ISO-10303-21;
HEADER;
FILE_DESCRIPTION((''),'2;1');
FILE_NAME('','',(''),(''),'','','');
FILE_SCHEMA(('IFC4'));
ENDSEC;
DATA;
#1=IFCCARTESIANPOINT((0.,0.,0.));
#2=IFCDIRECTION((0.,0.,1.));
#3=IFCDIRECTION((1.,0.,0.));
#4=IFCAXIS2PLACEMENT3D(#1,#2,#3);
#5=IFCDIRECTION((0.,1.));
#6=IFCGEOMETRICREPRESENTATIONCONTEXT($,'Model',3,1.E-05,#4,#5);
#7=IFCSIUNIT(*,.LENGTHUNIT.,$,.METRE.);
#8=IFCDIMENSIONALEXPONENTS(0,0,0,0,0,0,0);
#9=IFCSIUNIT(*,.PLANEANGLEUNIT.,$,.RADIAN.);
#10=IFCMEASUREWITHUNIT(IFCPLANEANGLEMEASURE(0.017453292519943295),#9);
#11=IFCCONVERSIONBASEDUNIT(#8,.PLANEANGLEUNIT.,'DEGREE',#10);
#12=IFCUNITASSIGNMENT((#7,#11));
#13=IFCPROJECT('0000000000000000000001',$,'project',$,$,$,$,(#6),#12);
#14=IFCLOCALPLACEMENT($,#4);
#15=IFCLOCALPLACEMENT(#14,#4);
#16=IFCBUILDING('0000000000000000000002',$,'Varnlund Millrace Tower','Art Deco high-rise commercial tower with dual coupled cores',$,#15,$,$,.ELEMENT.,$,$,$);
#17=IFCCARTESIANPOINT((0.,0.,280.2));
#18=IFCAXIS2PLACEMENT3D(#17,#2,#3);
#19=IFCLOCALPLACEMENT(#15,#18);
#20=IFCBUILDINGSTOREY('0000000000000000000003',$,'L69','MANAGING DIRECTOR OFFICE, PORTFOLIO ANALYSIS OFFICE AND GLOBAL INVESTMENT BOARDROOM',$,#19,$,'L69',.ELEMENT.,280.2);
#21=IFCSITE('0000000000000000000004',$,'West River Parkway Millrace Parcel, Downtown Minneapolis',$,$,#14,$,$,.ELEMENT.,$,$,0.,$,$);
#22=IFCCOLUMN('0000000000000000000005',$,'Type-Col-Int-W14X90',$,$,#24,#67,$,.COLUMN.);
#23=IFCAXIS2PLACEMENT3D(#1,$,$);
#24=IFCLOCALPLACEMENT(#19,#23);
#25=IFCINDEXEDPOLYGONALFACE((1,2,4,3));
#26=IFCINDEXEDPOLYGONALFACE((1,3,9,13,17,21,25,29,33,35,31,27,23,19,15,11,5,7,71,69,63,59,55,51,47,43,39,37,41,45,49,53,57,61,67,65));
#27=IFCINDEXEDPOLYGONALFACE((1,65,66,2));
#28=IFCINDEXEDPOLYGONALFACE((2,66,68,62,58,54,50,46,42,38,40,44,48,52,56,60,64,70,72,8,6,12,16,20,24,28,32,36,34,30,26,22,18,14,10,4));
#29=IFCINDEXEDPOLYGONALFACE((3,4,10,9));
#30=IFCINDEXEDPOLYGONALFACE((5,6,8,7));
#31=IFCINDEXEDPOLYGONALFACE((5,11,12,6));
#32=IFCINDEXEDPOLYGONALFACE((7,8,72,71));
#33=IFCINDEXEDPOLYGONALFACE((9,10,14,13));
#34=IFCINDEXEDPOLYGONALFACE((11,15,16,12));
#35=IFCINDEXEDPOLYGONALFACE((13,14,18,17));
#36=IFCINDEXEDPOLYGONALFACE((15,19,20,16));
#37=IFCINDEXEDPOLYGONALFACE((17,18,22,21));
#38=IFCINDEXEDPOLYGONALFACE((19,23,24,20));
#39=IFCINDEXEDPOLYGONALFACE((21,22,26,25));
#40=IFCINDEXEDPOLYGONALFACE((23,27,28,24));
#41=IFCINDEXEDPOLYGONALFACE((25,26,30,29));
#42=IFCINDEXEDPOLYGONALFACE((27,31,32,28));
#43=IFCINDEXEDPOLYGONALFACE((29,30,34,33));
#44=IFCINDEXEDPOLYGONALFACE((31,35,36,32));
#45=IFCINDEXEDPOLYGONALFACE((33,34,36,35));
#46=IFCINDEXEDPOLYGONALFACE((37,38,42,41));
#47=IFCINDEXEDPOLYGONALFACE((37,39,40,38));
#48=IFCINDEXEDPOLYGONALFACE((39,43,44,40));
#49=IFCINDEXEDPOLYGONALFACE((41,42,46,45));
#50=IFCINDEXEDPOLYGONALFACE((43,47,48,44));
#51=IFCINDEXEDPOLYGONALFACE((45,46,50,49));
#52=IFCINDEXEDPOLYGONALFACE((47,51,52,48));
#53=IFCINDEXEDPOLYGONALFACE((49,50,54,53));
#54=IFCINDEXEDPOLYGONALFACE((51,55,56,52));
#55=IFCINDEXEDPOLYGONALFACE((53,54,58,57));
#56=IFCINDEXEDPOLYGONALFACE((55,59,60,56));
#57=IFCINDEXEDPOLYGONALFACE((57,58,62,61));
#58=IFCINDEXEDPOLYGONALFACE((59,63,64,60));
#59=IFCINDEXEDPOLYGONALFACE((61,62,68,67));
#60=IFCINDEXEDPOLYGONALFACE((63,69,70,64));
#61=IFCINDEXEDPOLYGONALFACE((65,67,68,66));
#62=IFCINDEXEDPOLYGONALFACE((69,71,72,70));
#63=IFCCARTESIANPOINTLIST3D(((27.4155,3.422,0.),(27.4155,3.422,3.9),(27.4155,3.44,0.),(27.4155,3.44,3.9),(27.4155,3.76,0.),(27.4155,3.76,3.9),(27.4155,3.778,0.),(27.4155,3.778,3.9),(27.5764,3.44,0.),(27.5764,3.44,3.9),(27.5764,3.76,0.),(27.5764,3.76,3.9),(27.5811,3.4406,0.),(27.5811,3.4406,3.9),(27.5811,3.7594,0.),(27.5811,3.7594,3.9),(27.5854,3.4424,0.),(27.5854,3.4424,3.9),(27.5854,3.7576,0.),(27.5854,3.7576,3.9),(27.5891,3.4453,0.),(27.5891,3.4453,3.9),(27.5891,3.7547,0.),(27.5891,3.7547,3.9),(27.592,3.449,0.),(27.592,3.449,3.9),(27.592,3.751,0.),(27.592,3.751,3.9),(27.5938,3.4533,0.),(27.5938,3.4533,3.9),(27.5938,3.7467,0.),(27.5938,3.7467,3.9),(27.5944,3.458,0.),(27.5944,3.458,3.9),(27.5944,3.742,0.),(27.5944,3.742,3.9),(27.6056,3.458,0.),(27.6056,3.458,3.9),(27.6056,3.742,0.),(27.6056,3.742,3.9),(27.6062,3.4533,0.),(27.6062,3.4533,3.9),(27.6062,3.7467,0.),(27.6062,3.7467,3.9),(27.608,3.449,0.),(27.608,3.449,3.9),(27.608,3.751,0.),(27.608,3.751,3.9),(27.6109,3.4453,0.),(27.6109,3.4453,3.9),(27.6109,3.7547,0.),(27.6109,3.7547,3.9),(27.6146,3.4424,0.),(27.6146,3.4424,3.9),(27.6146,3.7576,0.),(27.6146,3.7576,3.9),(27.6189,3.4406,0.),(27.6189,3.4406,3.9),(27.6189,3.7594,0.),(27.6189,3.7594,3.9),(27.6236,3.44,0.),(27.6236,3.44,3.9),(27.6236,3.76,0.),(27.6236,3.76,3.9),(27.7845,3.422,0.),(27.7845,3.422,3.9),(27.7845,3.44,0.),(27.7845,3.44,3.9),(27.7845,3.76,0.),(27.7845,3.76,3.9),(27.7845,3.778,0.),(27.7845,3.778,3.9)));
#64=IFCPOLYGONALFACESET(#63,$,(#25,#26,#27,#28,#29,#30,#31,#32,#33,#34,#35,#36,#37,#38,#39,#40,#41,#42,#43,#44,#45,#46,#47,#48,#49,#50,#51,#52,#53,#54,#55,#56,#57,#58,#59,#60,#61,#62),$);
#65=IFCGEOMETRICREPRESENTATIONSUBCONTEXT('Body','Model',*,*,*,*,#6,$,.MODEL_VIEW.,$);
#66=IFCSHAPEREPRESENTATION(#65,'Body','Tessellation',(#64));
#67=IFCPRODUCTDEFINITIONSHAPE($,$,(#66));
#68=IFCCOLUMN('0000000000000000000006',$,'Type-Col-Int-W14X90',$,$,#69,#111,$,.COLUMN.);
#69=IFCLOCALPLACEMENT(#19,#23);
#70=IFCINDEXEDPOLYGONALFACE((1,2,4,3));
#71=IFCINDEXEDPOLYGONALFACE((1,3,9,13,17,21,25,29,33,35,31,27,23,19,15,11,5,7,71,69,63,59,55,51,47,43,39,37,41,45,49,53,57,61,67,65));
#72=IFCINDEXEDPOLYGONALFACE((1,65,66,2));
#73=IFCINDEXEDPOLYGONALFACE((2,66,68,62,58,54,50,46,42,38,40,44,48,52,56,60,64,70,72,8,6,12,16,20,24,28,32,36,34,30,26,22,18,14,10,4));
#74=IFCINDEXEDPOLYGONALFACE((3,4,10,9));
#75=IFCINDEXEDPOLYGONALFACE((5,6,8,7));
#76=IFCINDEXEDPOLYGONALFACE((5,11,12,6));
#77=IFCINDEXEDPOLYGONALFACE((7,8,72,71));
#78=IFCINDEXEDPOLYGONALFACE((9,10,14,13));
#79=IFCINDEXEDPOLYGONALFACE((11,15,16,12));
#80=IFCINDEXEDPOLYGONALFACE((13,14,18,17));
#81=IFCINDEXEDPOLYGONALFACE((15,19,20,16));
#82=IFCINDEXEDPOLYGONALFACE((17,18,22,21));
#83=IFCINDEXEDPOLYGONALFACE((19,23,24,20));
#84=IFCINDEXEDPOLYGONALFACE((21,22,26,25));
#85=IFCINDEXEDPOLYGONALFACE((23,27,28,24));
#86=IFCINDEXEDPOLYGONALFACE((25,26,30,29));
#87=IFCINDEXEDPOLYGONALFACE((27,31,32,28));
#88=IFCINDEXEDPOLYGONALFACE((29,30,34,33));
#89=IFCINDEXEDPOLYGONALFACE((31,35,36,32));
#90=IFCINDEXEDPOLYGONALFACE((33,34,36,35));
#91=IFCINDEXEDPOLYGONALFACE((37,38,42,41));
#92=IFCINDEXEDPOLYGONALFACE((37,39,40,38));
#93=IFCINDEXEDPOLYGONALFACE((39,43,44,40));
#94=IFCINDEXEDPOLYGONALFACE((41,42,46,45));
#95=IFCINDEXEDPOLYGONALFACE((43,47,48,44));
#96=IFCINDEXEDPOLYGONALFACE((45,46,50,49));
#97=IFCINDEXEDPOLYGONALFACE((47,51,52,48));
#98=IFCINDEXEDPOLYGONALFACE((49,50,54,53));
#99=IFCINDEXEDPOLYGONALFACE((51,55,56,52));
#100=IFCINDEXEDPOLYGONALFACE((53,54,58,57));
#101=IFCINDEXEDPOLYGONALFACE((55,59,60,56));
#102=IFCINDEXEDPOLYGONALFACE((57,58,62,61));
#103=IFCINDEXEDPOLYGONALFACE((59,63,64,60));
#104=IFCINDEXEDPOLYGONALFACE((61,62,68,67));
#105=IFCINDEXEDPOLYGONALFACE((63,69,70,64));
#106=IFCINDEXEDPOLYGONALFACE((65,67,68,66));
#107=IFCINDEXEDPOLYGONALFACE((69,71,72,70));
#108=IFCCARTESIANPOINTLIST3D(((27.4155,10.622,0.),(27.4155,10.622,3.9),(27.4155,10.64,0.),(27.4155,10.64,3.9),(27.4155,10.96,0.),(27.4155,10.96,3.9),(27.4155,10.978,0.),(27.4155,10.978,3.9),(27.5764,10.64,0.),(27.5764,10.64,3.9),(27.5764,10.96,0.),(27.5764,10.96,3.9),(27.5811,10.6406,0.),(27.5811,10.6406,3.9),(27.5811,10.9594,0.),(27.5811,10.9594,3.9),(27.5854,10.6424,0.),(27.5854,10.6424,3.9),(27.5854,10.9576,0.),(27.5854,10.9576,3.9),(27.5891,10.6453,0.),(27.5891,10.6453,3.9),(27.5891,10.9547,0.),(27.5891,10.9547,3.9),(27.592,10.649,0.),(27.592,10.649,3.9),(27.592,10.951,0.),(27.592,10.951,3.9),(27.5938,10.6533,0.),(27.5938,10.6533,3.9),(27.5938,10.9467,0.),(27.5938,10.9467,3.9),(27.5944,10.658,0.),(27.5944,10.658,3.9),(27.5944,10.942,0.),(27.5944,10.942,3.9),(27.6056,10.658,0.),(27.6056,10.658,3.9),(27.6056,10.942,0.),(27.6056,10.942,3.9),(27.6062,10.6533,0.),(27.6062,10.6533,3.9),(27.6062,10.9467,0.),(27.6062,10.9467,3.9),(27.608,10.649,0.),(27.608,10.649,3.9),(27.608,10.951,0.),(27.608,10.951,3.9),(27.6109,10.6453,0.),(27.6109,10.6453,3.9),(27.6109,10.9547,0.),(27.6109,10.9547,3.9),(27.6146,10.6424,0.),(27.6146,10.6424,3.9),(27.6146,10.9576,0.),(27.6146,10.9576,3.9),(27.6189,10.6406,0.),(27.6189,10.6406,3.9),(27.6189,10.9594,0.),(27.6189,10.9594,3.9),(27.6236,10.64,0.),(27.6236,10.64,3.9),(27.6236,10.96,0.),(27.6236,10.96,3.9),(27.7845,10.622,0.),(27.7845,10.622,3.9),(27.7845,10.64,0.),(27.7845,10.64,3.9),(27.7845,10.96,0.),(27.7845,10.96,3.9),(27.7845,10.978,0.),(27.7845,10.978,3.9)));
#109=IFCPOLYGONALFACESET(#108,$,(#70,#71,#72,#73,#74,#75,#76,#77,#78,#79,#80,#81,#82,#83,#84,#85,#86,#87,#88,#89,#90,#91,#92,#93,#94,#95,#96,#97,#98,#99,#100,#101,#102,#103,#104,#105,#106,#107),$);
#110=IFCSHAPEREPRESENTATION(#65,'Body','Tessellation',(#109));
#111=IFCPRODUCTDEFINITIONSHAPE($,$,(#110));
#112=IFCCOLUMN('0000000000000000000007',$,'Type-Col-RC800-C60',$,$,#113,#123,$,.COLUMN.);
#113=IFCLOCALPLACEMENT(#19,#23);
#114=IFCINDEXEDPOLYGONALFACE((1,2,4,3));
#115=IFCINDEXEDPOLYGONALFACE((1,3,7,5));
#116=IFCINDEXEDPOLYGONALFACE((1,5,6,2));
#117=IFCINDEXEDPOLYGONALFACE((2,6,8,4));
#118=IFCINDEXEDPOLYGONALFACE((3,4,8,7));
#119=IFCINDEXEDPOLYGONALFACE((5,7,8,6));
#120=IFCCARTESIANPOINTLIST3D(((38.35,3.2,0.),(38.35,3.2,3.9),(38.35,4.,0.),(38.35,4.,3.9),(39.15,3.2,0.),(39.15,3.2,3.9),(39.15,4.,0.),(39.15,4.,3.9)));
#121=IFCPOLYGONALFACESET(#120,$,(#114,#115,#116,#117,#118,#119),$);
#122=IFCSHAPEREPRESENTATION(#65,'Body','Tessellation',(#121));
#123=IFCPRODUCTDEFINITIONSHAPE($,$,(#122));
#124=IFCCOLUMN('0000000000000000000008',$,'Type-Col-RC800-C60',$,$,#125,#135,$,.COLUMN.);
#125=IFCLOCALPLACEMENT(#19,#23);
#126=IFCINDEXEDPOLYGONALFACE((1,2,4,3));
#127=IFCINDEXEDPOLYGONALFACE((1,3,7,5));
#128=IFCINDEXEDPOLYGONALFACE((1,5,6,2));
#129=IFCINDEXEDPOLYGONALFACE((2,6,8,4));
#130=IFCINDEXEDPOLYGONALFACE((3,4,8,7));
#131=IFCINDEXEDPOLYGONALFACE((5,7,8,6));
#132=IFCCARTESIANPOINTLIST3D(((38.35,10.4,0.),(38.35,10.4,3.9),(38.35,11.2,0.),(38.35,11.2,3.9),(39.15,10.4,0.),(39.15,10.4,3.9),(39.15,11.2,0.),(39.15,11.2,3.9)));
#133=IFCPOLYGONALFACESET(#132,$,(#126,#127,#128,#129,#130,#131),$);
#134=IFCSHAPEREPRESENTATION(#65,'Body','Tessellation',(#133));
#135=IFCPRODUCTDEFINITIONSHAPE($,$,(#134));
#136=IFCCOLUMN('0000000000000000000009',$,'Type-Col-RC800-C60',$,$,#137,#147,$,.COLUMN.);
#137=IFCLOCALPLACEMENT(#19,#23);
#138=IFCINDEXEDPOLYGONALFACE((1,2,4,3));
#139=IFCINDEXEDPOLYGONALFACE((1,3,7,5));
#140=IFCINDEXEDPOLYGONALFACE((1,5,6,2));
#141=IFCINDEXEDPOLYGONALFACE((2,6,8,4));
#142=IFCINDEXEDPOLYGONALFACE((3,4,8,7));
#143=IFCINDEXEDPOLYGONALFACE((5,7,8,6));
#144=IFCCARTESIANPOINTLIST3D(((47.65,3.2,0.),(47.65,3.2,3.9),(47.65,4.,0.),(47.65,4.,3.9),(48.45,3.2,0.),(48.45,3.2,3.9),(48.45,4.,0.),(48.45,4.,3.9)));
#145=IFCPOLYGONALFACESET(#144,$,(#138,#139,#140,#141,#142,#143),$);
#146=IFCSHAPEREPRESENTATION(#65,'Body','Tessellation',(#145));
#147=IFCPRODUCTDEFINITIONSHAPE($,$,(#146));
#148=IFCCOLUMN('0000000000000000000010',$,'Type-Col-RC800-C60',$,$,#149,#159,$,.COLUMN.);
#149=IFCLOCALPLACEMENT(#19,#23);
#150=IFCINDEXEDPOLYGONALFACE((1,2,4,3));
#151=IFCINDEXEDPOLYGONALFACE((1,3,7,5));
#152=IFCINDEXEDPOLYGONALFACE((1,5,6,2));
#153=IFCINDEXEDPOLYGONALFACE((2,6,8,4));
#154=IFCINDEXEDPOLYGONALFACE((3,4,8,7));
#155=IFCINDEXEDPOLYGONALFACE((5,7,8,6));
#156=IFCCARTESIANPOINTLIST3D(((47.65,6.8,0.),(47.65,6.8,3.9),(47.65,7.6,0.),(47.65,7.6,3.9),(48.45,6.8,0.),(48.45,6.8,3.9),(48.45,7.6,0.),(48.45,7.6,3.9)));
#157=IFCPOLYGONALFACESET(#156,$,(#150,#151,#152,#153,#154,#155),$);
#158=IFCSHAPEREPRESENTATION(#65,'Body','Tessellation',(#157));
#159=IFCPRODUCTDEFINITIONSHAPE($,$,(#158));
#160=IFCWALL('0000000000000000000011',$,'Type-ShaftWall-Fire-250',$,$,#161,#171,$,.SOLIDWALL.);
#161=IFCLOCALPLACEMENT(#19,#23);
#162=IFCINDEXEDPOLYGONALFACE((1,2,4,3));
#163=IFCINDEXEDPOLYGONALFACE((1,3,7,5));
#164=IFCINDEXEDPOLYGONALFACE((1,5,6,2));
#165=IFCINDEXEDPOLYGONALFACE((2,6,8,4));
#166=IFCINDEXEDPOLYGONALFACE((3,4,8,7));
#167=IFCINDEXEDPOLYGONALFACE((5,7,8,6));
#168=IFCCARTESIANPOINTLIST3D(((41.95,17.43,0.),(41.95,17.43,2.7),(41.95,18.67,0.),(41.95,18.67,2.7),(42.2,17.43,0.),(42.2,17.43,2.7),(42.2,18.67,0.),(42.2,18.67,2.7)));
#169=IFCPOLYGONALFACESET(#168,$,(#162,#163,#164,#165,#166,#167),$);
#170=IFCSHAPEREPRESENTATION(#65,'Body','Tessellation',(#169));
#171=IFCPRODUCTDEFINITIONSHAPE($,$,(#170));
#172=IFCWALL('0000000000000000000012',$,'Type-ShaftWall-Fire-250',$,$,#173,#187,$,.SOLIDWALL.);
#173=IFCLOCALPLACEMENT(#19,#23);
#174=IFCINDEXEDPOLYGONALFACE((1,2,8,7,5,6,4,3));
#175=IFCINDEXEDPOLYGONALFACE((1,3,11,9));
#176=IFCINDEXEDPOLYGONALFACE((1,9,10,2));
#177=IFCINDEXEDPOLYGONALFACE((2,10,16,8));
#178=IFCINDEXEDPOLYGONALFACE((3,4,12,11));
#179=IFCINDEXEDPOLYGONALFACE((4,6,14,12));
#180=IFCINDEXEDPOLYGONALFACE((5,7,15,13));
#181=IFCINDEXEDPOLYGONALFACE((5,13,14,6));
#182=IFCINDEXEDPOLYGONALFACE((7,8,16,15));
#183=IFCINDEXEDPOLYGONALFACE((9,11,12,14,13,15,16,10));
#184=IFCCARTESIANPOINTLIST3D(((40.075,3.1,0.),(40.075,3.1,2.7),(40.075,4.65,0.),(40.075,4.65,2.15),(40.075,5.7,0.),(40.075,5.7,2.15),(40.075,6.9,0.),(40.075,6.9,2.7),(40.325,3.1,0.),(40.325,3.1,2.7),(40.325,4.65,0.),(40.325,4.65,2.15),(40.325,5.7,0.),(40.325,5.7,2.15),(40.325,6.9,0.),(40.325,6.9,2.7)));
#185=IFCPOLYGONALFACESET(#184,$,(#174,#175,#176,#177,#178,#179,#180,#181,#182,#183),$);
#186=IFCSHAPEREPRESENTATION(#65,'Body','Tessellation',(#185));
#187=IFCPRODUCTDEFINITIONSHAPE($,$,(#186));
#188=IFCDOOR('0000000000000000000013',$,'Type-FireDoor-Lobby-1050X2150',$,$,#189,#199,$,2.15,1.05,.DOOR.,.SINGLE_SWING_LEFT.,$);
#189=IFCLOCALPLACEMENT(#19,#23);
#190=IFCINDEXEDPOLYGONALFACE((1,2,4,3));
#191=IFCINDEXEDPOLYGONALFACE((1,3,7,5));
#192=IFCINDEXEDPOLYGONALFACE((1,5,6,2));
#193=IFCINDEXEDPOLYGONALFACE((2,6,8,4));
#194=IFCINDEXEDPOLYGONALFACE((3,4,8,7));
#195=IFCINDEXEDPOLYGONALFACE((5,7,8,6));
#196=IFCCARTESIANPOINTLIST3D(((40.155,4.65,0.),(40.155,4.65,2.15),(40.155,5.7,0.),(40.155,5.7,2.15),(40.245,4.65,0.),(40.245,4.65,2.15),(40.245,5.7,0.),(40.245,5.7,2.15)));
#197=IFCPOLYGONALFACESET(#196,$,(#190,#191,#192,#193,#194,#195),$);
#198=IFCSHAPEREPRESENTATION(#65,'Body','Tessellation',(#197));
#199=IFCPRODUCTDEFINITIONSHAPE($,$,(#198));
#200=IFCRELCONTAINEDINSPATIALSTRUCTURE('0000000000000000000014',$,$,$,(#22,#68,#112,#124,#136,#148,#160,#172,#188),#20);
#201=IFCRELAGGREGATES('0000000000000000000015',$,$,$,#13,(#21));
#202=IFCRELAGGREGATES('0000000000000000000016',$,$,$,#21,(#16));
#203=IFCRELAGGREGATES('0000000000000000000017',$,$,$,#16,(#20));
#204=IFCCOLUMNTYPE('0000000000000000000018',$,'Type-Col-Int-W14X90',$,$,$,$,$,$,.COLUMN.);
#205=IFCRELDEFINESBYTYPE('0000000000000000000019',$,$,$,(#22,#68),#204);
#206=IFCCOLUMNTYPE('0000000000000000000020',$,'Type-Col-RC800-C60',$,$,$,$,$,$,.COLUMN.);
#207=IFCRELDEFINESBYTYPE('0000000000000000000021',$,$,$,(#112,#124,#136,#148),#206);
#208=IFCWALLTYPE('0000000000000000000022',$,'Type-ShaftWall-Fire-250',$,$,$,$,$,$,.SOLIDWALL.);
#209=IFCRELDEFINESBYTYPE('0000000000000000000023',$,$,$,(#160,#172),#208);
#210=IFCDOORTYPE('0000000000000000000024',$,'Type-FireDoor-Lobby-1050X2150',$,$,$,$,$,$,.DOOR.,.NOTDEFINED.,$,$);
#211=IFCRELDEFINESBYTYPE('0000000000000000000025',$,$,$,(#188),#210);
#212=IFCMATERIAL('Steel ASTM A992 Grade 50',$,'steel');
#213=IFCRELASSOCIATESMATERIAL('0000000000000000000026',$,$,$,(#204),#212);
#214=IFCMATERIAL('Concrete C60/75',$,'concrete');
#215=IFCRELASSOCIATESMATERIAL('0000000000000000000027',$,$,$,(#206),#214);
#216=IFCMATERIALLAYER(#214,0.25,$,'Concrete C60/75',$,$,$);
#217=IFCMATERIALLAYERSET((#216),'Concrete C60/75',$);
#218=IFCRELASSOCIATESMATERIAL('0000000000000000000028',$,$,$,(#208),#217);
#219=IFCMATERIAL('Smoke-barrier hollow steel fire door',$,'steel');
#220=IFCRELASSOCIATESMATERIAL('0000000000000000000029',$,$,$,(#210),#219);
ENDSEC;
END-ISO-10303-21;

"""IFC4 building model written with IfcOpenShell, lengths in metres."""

from ifc_helpers import new_model, entity, si_unit, converted_unit, direction, frame, origin_with_axes, origin_2d_with_axis, place, context, subcontext, project, spatial, polyline, rectangle, i_section, outline, extrude, material, layer, layer_set, material_profile, profile_set, type_object, element, fill, save


model = new_model("IFC4")

# Units and contexts
model_context = context("Model", 3, precision=1e-05, world=origin_with_axes(), true_north=direction((0.0, 1.0)))
body_context = subcontext(model_context, "Body", "Model", "MODEL_VIEW")
ifc_project = project(units=[si_unit("LENGTHUNIT", "METRE"), converted_unit("PLANEANGLEUNIT", "DEGREE", entity("IfcPlaneAngleMeasure", 0.017453292519943295), si_unit("PLANEANGLEUNIT", "RADIAN"), dimensions=[0, 0, 0, 0, 0, 0, 0])], contexts=[model_context])

# Site, building, storey
site_placement = place(None, origin_with_axes())
site = spatial("IfcSite", under=ifc_project, at=site_placement, Name="West River Parkway Millrace Parcel, Downtown Minneapolis", CompositionType="ELEMENT", RefElevation=0.0)
building_placement = place(site_placement, origin_with_axes())
building = spatial("IfcBuilding", under=site, at=building_placement, Name="Varnlund Millrace Tower", Description="Art Deco high-rise commercial tower with dual coupled cores", CompositionType="ELEMENT")
storey_placement = place(building_placement, frame((0.0, 0.0, 280.2), z_axis=(0.0, 0.0, 1.0), x_axis=(1.0, 0.0, 0.0)))
storey = spatial("IfcBuildingStorey", under=building, at=storey_placement, Name="L69", Description="MANAGING DIRECTOR OFFICE, PORTFOLIO ANALYSIS OFFICE AND GLOBAL INVESTMENT BOARDROOM", LongName="L69", CompositionType="ELEMENT", Elevation=280.2)

# Columns
ifc_material_1 = material(Name="Steel ASTM A992 Grade 50", Category="steel")
ifc_material_profile_1 = material_profile(ifc_material_1, i_section(OverallWidth=0.369, OverallDepth=0.356, WebThickness=0.0112, FlangeThickness=0.018, FilletRadius=0.018, at=origin_2d_with_axis()), Name="Steel ASTM A992 Grade 50")
ifc_profile_set_1 = profile_set([ifc_material_profile_1], Name="Steel ASTM A992 Grade 50")
column_type_1 = type_object("IfcColumnType", Name="Type-Col-Int-W14X90", PredefinedType="COLUMN", material=ifc_profile_set_1)
for number, where, z_axis, x_axis, name in (
    (1, (27.6, 3.6, 0.0), (0.0, 0.0, 1.0), (1.0, 0.0, 0.0), "Type-Col-Int-W14X90"),
    (2, (27.6, 10.8, 0.0), (0.0, 0.0, 1.0), (1.0, 0.0, 0.0), "Type-Col-Int-W14X90"),
):
    element("IfcColumn", number, at=place(storey_placement, frame(where, z_axis=z_axis, x_axis=x_axis)), inside=storey, type_object=column_type_1, Name=name, PredefinedType="COLUMN", context=body_context, shape_type="SweptSolid", body=[
        extrude(i_section(OverallWidth=0.369, OverallDepth=0.356, WebThickness=0.0112, FlangeThickness=0.018, FilletRadius=0.018, at=origin_2d_with_axis()), origin_with_axes(), (0.0, 0.0, 1.0), 3.9),
    ])
ifc_material_2 = material(Name="Concrete C60/75", Category="concrete")
ifc_material_profile_2 = material_profile(ifc_material_2, rectangle(XDim=0.8, YDim=0.8, at=origin_2d_with_axis()), Name="Concrete C60/75")
ifc_profile_set_2 = profile_set([ifc_material_profile_2], Name="Concrete C60/75")
column_type_2 = type_object("IfcColumnType", Name="Type-Col-RC800-C60", PredefinedType="COLUMN", material=ifc_profile_set_2)
for number, where, z_axis, x_axis, name in (
    (3, (38.75, 3.6, 0.0), (0.0, 0.0, 1.0), (1.0, 0.0, 0.0), "Type-Col-RC800-C60"),
    (4, (38.75, 10.8, 0.0), (0.0, 0.0, 1.0), (1.0, 0.0, 0.0), "Type-Col-RC800-C60"),
    (5, (48.05, 3.6, 0.0), (0.0, 0.0, 1.0), (1.0, 0.0, 0.0), "Type-Col-RC800-C60"),
    (6, (48.05, 7.2, 0.0), (0.0, 0.0, 1.0), (1.0, 0.0, 0.0), "Type-Col-RC800-C60"),
):
    element("IfcColumn", number, at=place(storey_placement, frame(where, z_axis=z_axis, x_axis=x_axis)), inside=storey, type_object=column_type_2, Name=name, PredefinedType="COLUMN", context=body_context, shape_type="SweptSolid", body=[
        extrude(rectangle(XDim=0.8, YDim=0.8, at=origin_2d_with_axis()), origin_with_axes(), (0.0, 0.0, 1.0), 3.9),
    ])

# Wall
ifc_layer = layer(ifc_material_2, 0.25, Name="Concrete C60/75")
ifc_layer_set = layer_set([ifc_layer], Name="Concrete C60/75")
wall_type = type_object("IfcWallType", Name="Type-ShaftWall-Fire-250", PredefinedType="SOLIDWALL", material=ifc_layer_set)
wall_1_placement = place(storey_placement, frame((42.075, 17.43, 0.0), z_axis=(0.0, 0.0, 1.0), x_axis=(0.0, 1.0, 0.0)))
element("IfcWall", 7, at=wall_1_placement, inside=storey, type_object=wall_type, Name="Type-ShaftWall-Fire-250", PredefinedType="SOLIDWALL", context=body_context, shape_type="SweptSolid", body=[
    extrude(outline(polyline([(0.0, -0.125), (1.24, -0.125), (1.24, 0.125), (0.0, 0.125), (0.0, -0.125)])), origin_with_axes(), (0.0, 0.0, 1.0), 2.7),
])

# Wall, opening, door
wall_2_placement = place(storey_placement, frame((40.2, 3.1, 0.0), z_axis=(0.0, 0.0, 1.0), x_axis=(0.0, 1.0, 0.0)))
wall_2 = element("IfcWall", 8, at=wall_2_placement, inside=storey, type_object=wall_type, Name="Type-ShaftWall-Fire-250", PredefinedType="SOLIDWALL", context=body_context, shape_type="SweptSolid", body=[
    extrude(outline(polyline([(0.0, -0.125), (3.8, -0.125), (3.8, 0.125), (0.0, 0.125), (0.0, -0.125)])), origin_with_axes(), (0.0, 0.0, 1.0), 2.7),
])
opening_placement = place(wall_2_placement, frame((2.075, 0.0, 0.0), z_axis=(0.0, 0.0, 1.0), x_axis=(1.0, 0.0, 0.0)))
opening = element("IfcOpeningElement", 9, at=opening_placement, cuts=wall_2, PredefinedType="OPENING", context=body_context, shape_type="SweptSolid", body=[
    extrude(rectangle(XDim=1.05, YDim=0.27, at=origin_2d_with_axis()), origin_with_axes(), (0.0, 0.0, 1.0), 2.15),
])
ifc_material_3 = material(Name="Smoke-barrier hollow steel fire door", Category="steel")
door_type = type_object("IfcDoorType", Name="Type-FireDoor-Lobby-1050X2150", OperationType="NOTDEFINED", PredefinedType="DOOR", material=ifc_material_3)
door_placement = place(wall_2_placement, frame((2.075, 0.0, 0.0), z_axis=(0.0, 0.0, 1.0), x_axis=(1.0, 0.0, 0.0)))
door = element("IfcDoor", 10, at=door_placement, inside=storey, type_object=door_type, Name="Type-FireDoor-Lobby-1050X2150", OperationType="SINGLE_SWING_LEFT", OverallHeight=2.15, OverallWidth=1.05, PredefinedType="DOOR", context=body_context, shape_type="SweptSolid", body=[
    extrude(rectangle(XDim=1.05, YDim=0.09, at=origin_2d_with_axis()), origin_with_axes(), (0.0, 0.0, 1.0), 2.15),
])
fill(opening, door)

save(model, "model.ifc")
